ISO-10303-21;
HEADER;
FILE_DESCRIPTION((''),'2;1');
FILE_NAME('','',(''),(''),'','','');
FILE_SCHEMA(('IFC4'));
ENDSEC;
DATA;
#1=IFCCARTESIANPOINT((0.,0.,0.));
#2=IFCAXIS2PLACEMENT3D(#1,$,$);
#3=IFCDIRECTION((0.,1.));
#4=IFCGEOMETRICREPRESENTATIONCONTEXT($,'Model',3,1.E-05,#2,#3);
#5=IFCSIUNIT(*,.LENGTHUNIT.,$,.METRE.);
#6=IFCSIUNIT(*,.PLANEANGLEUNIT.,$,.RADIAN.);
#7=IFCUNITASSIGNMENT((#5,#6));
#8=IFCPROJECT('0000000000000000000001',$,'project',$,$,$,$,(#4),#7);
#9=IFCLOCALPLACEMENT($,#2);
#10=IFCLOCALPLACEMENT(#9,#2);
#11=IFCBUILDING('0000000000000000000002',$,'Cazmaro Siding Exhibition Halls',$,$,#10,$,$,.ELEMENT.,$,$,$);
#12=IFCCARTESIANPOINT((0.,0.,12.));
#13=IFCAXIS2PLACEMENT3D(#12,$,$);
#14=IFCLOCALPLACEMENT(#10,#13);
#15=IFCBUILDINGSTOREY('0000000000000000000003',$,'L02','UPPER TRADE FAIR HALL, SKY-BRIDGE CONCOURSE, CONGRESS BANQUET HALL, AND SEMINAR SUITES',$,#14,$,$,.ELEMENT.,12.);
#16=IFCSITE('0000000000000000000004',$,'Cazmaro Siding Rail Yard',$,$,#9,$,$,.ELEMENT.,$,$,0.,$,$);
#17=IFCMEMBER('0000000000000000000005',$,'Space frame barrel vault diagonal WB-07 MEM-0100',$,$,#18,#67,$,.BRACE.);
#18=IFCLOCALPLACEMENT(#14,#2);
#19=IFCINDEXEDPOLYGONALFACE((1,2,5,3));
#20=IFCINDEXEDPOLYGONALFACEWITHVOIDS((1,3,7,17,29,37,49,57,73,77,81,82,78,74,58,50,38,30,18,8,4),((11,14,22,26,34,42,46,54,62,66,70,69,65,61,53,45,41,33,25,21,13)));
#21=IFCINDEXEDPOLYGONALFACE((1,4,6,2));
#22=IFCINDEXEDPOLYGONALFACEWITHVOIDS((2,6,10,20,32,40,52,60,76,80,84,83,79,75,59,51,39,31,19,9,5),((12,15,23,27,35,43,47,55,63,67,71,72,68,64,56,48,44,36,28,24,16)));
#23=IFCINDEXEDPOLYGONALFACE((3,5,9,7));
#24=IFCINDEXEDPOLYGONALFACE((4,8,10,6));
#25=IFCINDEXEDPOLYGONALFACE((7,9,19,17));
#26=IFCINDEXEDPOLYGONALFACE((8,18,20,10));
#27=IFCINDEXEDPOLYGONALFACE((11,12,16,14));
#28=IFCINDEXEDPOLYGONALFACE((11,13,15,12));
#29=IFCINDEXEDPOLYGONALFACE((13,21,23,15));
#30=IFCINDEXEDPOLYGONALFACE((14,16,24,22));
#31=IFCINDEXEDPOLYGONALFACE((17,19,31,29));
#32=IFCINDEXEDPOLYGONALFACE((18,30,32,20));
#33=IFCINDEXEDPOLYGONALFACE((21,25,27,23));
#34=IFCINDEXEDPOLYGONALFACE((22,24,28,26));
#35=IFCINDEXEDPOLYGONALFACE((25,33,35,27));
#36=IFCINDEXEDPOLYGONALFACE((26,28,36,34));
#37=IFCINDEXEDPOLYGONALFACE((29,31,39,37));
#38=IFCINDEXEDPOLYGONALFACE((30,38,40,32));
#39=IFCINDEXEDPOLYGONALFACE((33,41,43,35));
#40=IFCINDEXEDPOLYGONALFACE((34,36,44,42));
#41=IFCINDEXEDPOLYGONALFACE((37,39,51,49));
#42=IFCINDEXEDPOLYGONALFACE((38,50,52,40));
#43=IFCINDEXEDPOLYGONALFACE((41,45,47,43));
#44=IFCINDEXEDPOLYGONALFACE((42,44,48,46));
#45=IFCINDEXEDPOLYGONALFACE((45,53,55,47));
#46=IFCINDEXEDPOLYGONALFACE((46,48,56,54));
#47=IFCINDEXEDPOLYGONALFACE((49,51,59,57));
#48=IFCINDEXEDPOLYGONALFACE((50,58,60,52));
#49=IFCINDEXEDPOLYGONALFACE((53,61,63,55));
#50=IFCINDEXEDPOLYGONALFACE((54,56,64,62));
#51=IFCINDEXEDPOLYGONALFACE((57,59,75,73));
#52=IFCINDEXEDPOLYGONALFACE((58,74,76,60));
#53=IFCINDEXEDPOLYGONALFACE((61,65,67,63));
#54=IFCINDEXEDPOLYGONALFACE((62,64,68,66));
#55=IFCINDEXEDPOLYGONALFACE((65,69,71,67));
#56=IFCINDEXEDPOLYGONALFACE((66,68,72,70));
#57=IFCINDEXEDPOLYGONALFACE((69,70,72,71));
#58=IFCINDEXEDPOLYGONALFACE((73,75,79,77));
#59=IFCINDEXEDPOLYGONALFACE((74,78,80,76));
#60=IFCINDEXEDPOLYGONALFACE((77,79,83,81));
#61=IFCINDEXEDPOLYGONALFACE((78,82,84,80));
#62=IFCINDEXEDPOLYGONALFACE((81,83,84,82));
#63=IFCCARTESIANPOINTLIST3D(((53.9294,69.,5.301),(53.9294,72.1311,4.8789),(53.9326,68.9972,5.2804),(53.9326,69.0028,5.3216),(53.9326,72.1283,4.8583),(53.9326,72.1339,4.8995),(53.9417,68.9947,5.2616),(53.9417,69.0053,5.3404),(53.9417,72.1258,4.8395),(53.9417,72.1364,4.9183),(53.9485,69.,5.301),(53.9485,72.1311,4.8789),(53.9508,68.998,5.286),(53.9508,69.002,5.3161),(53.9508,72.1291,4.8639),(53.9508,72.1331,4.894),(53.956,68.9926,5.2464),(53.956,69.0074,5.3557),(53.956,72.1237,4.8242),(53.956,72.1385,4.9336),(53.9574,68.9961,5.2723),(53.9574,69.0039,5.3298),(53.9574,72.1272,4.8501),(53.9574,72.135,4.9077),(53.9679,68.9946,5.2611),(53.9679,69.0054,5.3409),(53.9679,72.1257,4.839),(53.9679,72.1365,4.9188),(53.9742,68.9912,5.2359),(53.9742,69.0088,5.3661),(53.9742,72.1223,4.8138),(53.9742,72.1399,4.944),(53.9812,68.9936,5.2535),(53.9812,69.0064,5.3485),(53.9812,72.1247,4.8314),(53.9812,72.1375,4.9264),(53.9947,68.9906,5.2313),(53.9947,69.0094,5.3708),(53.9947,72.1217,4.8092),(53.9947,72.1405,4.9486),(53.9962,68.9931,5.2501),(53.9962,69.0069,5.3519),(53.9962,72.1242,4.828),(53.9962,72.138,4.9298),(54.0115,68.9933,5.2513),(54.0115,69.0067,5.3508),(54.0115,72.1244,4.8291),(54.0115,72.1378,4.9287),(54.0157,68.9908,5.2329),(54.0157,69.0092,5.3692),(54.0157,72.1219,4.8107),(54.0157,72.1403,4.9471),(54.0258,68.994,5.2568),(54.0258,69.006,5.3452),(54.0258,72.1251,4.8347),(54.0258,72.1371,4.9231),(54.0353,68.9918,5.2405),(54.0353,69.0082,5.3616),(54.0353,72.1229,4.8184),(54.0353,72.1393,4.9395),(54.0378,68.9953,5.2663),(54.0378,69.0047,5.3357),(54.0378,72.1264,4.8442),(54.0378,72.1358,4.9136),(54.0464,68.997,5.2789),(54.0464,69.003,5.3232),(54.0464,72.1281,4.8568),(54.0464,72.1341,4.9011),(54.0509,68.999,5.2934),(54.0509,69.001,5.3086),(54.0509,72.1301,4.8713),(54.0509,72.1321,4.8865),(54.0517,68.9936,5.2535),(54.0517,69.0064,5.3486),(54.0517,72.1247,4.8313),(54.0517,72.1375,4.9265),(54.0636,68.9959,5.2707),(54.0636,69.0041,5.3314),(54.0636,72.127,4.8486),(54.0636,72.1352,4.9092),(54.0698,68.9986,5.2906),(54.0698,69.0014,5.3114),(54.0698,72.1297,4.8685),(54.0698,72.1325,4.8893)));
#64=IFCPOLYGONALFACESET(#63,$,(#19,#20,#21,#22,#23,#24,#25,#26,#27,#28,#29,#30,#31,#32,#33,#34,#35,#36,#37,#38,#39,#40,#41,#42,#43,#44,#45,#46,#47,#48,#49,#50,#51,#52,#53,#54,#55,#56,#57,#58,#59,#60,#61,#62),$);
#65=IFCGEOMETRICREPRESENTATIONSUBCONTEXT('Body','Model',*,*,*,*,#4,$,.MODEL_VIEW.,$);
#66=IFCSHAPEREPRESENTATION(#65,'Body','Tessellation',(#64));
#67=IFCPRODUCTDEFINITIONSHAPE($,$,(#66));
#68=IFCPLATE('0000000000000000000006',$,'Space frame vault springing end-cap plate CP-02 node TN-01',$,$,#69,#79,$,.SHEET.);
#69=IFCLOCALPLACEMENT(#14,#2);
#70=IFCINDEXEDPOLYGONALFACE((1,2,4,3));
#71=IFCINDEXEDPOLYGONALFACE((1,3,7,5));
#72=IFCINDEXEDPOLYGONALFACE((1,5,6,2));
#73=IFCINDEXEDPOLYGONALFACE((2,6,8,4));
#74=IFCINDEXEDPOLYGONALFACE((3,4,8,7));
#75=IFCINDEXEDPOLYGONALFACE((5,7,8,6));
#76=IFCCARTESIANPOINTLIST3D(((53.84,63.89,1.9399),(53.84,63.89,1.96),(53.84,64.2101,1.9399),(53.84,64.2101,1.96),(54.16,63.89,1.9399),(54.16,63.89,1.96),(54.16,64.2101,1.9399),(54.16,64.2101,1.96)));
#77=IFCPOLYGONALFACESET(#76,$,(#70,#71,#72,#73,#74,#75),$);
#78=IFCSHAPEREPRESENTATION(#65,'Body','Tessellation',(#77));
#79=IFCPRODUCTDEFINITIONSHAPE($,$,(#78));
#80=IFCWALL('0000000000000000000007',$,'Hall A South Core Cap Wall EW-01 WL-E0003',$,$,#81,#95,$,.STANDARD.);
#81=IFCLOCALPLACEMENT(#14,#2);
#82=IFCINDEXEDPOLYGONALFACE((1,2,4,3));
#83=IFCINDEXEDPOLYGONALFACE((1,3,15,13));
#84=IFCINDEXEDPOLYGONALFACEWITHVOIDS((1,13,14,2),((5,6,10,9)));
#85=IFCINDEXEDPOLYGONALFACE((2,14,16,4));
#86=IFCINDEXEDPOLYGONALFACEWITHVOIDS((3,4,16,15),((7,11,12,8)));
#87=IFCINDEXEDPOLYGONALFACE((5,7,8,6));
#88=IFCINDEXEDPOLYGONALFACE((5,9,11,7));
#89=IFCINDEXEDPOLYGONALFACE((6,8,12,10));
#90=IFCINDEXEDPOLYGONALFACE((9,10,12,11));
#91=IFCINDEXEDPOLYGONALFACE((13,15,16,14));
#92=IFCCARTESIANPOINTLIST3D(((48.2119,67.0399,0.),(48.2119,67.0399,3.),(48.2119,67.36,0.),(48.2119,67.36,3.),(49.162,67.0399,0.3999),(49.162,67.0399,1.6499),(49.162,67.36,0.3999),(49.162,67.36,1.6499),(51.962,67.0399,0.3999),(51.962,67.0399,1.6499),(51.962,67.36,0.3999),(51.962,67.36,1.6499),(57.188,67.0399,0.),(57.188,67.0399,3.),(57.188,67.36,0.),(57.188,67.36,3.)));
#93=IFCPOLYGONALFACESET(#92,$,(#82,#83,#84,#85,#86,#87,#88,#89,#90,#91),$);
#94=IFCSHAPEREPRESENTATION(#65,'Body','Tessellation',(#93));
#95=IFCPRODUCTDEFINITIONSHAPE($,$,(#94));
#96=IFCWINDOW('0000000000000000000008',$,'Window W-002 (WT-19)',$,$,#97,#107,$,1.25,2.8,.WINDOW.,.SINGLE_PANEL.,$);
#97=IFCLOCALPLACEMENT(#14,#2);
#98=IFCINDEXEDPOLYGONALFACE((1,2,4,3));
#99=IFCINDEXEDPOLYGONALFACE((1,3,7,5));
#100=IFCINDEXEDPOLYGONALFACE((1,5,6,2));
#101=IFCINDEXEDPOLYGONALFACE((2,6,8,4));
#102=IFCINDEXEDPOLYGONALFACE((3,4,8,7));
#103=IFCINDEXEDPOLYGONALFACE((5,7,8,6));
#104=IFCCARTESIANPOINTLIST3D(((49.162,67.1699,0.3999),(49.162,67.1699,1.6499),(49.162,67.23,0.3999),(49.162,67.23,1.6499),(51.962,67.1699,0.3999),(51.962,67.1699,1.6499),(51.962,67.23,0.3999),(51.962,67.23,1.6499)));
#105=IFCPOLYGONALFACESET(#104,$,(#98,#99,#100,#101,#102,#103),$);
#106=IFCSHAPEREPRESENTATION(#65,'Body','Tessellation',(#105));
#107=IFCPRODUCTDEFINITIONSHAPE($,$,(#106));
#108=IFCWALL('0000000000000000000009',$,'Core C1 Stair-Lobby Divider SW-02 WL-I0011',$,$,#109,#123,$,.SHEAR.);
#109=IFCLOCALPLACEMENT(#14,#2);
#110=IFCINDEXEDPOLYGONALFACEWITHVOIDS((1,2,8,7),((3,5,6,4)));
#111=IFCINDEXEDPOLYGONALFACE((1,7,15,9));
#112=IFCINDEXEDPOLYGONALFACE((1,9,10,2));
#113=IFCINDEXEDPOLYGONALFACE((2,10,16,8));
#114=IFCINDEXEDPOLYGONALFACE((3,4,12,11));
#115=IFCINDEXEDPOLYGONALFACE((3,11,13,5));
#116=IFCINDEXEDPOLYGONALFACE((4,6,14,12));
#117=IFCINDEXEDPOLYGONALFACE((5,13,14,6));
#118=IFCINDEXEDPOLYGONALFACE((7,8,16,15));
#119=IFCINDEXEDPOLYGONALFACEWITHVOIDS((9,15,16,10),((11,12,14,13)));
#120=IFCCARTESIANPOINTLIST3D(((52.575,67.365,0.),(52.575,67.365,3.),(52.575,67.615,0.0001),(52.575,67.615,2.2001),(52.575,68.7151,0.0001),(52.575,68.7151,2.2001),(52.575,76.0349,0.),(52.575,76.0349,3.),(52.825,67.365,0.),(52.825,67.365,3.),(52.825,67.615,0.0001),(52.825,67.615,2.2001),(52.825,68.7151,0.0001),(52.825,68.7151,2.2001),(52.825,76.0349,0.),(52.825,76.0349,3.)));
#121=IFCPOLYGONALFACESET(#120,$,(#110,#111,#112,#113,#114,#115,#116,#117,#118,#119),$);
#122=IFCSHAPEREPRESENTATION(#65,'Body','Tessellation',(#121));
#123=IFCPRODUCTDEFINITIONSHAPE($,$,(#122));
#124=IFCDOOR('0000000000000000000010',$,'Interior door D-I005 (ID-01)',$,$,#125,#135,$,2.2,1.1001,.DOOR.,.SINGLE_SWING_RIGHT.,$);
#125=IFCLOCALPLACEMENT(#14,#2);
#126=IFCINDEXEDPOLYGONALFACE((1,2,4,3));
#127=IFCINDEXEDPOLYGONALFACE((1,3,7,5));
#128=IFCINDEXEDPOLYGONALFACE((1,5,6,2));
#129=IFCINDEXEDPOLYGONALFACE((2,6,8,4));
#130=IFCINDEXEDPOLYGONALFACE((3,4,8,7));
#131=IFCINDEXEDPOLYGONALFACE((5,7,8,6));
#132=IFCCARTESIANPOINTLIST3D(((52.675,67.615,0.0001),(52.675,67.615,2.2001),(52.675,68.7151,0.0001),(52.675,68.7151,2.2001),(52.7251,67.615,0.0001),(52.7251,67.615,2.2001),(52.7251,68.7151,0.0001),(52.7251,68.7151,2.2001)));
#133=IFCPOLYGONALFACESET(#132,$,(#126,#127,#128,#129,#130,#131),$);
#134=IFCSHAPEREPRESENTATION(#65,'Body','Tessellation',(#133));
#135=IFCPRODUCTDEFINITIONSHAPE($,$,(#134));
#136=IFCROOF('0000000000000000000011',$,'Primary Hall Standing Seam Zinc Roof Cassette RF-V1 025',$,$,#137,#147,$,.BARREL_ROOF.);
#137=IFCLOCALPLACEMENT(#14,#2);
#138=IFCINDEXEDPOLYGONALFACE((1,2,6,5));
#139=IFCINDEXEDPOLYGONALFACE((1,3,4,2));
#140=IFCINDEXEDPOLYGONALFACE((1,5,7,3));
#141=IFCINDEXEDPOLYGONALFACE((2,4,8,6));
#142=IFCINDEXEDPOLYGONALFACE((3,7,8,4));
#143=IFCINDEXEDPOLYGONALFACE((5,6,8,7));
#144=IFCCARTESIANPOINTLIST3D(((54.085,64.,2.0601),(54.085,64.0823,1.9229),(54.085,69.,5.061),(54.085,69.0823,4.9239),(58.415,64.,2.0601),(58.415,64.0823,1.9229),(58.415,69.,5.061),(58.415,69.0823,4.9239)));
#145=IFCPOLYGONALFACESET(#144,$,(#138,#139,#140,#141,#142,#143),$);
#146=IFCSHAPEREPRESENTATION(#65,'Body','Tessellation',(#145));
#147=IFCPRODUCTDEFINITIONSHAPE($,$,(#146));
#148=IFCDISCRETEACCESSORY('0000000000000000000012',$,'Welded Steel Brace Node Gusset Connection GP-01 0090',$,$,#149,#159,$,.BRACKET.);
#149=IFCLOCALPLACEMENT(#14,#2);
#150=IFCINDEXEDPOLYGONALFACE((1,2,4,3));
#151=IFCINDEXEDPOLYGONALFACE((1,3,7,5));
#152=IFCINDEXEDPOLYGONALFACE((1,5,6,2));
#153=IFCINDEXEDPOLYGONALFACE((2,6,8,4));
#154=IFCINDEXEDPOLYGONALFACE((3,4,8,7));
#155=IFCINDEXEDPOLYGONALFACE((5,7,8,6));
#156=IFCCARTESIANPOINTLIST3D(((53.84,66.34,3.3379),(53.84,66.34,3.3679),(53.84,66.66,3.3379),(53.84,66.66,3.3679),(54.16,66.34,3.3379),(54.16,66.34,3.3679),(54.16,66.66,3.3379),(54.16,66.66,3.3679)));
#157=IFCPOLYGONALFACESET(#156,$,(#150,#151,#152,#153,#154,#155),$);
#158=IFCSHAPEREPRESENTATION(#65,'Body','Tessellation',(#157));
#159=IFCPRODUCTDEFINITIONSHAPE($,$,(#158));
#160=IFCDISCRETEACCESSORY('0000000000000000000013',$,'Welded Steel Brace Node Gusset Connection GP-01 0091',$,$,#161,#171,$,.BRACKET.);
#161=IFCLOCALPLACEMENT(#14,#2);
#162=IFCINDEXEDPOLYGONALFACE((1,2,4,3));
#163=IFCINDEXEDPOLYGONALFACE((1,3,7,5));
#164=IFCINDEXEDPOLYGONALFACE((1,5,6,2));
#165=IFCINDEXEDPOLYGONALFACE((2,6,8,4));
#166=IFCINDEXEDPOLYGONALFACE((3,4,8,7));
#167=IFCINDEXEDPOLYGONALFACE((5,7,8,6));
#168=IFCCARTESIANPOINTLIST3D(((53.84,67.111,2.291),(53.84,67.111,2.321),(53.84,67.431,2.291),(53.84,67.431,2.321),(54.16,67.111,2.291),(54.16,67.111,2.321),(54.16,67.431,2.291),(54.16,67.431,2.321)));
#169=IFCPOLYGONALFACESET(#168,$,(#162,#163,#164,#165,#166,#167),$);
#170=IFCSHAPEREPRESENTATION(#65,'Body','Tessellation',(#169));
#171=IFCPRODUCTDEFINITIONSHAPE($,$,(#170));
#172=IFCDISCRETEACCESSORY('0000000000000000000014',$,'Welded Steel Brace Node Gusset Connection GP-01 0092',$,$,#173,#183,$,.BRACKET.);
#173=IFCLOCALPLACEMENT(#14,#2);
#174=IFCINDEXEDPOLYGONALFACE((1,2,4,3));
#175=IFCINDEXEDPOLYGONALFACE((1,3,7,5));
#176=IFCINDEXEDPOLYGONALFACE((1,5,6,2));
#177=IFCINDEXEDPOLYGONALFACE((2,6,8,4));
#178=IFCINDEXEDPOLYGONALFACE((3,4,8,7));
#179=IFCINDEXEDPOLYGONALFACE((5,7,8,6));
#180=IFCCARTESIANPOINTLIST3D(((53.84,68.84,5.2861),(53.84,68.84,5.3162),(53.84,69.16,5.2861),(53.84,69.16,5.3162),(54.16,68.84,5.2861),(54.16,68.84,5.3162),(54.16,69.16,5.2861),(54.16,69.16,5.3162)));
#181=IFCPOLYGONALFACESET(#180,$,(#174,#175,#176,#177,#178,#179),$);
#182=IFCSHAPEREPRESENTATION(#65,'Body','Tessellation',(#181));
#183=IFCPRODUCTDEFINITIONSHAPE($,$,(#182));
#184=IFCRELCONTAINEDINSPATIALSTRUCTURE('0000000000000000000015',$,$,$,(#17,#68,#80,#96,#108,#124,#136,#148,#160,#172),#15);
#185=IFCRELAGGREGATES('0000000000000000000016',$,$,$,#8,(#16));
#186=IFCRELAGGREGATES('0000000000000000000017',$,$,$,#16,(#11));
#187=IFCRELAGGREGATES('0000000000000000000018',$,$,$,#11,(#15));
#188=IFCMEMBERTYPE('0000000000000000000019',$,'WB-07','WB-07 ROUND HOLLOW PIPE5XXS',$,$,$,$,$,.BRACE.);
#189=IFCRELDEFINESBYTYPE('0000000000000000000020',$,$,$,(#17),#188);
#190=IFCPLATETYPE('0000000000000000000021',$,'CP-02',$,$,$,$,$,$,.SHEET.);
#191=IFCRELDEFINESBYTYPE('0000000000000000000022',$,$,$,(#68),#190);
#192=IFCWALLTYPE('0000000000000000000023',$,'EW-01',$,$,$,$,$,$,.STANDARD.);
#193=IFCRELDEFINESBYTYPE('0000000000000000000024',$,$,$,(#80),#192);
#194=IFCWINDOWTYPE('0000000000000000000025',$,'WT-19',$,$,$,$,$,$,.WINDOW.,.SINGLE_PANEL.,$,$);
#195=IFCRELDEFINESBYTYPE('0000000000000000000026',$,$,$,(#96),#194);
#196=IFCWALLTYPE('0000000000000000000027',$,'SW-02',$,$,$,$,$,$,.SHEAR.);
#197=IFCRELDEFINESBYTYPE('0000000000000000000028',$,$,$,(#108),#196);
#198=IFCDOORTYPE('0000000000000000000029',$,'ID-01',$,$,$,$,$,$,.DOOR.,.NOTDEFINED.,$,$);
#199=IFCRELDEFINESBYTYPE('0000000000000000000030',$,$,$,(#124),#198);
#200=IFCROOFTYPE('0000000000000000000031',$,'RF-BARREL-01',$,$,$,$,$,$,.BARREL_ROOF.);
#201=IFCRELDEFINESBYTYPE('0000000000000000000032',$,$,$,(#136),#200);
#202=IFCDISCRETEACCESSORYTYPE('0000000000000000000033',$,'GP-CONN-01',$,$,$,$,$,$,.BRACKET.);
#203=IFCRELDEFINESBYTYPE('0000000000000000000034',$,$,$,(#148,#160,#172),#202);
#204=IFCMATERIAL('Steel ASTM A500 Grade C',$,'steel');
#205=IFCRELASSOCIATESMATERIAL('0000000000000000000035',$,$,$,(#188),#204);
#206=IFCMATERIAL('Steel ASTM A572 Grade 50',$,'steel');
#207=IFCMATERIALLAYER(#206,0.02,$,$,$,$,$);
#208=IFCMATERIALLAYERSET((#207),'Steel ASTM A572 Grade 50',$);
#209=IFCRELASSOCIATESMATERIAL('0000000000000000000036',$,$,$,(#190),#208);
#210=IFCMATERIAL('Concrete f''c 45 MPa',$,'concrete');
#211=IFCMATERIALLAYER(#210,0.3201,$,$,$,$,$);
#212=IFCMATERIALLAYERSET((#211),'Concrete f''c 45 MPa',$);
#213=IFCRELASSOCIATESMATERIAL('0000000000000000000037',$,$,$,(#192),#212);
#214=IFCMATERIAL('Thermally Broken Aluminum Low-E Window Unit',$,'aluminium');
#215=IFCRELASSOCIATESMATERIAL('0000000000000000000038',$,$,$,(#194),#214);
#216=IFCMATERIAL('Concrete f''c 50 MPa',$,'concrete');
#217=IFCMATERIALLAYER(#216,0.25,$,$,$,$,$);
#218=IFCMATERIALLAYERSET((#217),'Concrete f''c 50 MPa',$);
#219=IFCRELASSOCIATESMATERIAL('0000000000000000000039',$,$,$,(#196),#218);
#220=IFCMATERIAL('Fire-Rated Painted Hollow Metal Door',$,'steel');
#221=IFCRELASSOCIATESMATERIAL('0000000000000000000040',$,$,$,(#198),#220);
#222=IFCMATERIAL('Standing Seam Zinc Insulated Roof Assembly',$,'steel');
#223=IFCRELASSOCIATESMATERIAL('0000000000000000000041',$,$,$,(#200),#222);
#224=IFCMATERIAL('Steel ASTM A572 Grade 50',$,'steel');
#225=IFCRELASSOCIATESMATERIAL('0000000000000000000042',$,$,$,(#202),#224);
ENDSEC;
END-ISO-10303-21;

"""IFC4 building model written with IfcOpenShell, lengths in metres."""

from ifc_helpers import new_model, si_unit, direction, frame, frame_2d, origin, origin_2d, place, context, subcontext, project, spatial, polyline, rectangle, hollow_circle, outline, extrude, material, layer, layer_set, material_profile, profile_set, type_object, element, fill, save


model = new_model("IFC4")

# Units and contexts
model_context = context("Model", 3, precision=1e-05, world=origin(), true_north=direction((0.0, 1.0)))
body_context = subcontext(model_context, "Body", "Model", "MODEL_VIEW")
ifc_project = project(units=[si_unit("LENGTHUNIT", "METRE"), si_unit("PLANEANGLEUNIT", "RADIAN")], contexts=[model_context])

# Site, building, storey
site_placement = place(None, origin())
site = spatial("IfcSite", under=ifc_project, at=site_placement, Name="Cazmaro Siding Rail Yard", CompositionType="ELEMENT", RefElevation=0.0)
building_placement = place(site_placement, origin())
building = spatial("IfcBuilding", under=site, at=building_placement, Name="Cazmaro Siding Exhibition Halls", CompositionType="ELEMENT")
storey_placement = place(building_placement, frame((0.0, 0.0, 12.0)))
storey = spatial("IfcBuildingStorey", under=building, at=storey_placement, Name="L02", Description="UPPER TRADE FAIR HALL, SKY-BRIDGE CONCOURSE, CONGRESS BANQUET HALL, AND SEMINAR SUITES", CompositionType="ELEMENT", Elevation=12.0)

# Member
ifc_material_1 = material(Name="Steel ASTM A500 Grade C", Category="steel")
ifc_material_profile_1 = material_profile(ifc_material_1, hollow_circle(Radius=0.0706, WallThickness=0.019, at=origin_2d()), Name="PIPE5XXS")
ifc_profile_set_1 = profile_set([ifc_material_profile_1], Name="Steel ASTM A500 Grade C")
member_type_1 = type_object("IfcMemberType", Name="WB-07", Description="WB-07 ROUND HOLLOW PIPE5XXS", PredefinedType="BRACE", material=ifc_profile_set_1)
member_1_placement = place(storey_placement, frame((54.0, 69.0, 5.301), z_axis=(0.0, 0.991035, -0.133606), x_axis=(-1.0, 0.0, 0.0)))
element("IfcMember", 1, at=member_1_placement, inside=storey, type_object=member_type_1, Name="Space frame barrel vault diagonal WB-07 MEM-0100", PredefinedType="BRACE", context=body_context, shape_type="SweptSolid", body=[
    extrude(hollow_circle(Radius=0.0706, WallThickness=0.019, at=origin_2d()), origin(), (0.0, 0.0, 1.0), 3.1594),
])

# Plate
ifc_material_2 = material(Name="Steel ASTM A572 Grade 50", Category="steel")
ifc_layer_1 = layer(ifc_material_2, 0.02)
ifc_layer_set_1 = layer_set([ifc_layer_1], Name="Steel ASTM A572 Grade 50")
plate_type = type_object("IfcPlateType", Name="CP-02", PredefinedType="SHEET", material=ifc_layer_set_1)
plate_placement = place(storey_placement, frame((54.0, 64.05, 1.9399), z_axis=(0.0, 0.0, 1.0), x_axis=(1.0, 0.0, 0.0)))
element("IfcPlate", 2, at=plate_placement, inside=storey, type_object=plate_type, Name="Space frame vault springing end-cap plate CP-02 node TN-01", PredefinedType="SHEET", context=body_context, shape_type="SweptSolid", body=[
    extrude(rectangle(XDim=0.3201, YDim=0.3201, at=origin_2d()), origin(), (0.0, 0.0, 1.0), 0.02),
])

# Wall, opening, window
ifc_material_3 = material(Name="Concrete f'c 45 MPa", Category="concrete")
ifc_layer_2 = layer(ifc_material_3, 0.3201)
ifc_layer_set_2 = layer_set([ifc_layer_2], Name="Concrete f'c 45 MPa")
wall_type_1 = type_object("IfcWallType", Name="EW-01", PredefinedType="STANDARD", material=ifc_layer_set_2)
wall_1_placement = place(storey_placement, frame((57.188, 67.2, 0.0), z_axis=(0.0, 0.0, 1.0), x_axis=(-1.0, 0.0, 0.0)))
wall_1 = element("IfcWall", 3, at=wall_1_placement, inside=storey, type_object=wall_type_1, Name="Hall A South Core Cap Wall EW-01 WL-E0003", PredefinedType="STANDARD", context=body_context, shape_type="SweptSolid", body=[
    extrude(rectangle(XDim=8.9761, YDim=0.3201, at=frame_2d((4.488, 0.0))), origin(), (0.0, 0.0, 1.0), 3.0),
])
opening_1_placement = place(wall_1_placement, frame((5.2261, 0.0, 0.3999)))
opening_1 = element("IfcOpeningElement", 4, at=opening_1_placement, cuts=wall_1, PredefinedType="OPENING", context=body_context, shape_type="SweptSolid", body=[
    extrude(rectangle(XDim=2.8, YDim=1.25, at=frame_2d((1.3999, 0.625))), frame((0.0, 0.1699, 0.0), z_axis=(0.0, -1.0, 0.0), x_axis=(1.0, 0.0, 0.0)), (0.0, 0.0, 1.0), 0.3401),
])
ifc_material_4 = material(Name="Thermally Broken Aluminum Low-E Window Unit", Category="aluminium")
window_type = type_object("IfcWindowType", Name="WT-19", PartitioningType="SINGLE_PANEL", PredefinedType="WINDOW", material=ifc_material_4)
window_placement = place(opening_1_placement, origin())
window = element("IfcWindow", 5, at=window_placement, inside=storey, type_object=window_type, Name="Window W-002 (WT-19)", OverallHeight=1.25, OverallWidth=2.8, PartitioningType="SINGLE_PANEL", PredefinedType="WINDOW", context=body_context, shape_type="SweptSolid", body=[
    extrude(rectangle(XDim=2.8, YDim=1.25, at=frame_2d((1.3999, 0.625))), frame((0.0, 0.03, 0.0), z_axis=(0.0, -1.0, 0.0), x_axis=(1.0, 0.0, 0.0)), (0.0, 0.0, 1.0), 0.0601),
])
fill(opening_1, window)

# Wall, opening, door
ifc_material_5 = material(Name="Concrete f'c 50 MPa", Category="concrete")
ifc_layer_3 = layer(ifc_material_5, 0.25)
ifc_layer_set_3 = layer_set([ifc_layer_3], Name="Concrete f'c 50 MPa")
wall_type_2 = type_object("IfcWallType", Name="SW-02", PredefinedType="SHEAR", material=ifc_layer_set_3)
wall_2_placement = place(storey_placement, frame((52.7, 67.365, 0.0), z_axis=(0.0, 0.0, 1.0), x_axis=(0.0, 1.0, 0.0)))
wall_2 = element("IfcWall", 6, at=wall_2_placement, inside=storey, type_object=wall_type_2, Name="Core C1 Stair-Lobby Divider SW-02 WL-I0011", PredefinedType="SHEAR", context=body_context, shape_type="SweptSolid", body=[
    extrude(rectangle(XDim=8.6699, YDim=0.25, at=frame_2d((4.335, 0.0))), origin(), (0.0, 0.0, 1.0), 3.0),
])
opening_2_placement = place(wall_2_placement, frame((0.25, 0.0, 0.0)))
opening_2 = element("IfcOpeningElement", 7, at=opening_2_placement, cuts=wall_2, PredefinedType="OPENING", context=body_context, shape_type="SweptSolid", body=[
    extrude(rectangle(XDim=1.1001, YDim=2.2, at=frame_2d((0.55, 1.1001))), frame((0.0, 0.135, 0.0), z_axis=(0.0, -1.0, 0.0), x_axis=(1.0, 0.0, 0.0)), (0.0, 0.0, 1.0), 0.27),
])
ifc_material_6 = material(Name="Fire-Rated Painted Hollow Metal Door", Category="steel")
door_type = type_object("IfcDoorType", Name="ID-01", OperationType="NOTDEFINED", PredefinedType="DOOR", material=ifc_material_6)
door_placement = place(opening_2_placement, origin())
door = element("IfcDoor", 8, at=door_placement, inside=storey, type_object=door_type, Name="Interior door D-I005 (ID-01)", OperationType="SINGLE_SWING_RIGHT", OverallHeight=2.2, OverallWidth=1.1001, PredefinedType="DOOR", context=body_context, shape_type="SweptSolid", body=[
    extrude(rectangle(XDim=1.1001, YDim=2.2, at=frame_2d((0.55, 1.1001))), frame((0.0, 0.0249, 0.0), z_axis=(0.0, -1.0, 0.0), x_axis=(1.0, 0.0, 0.0)), (0.0, 0.0, 1.0), 0.05),
])
fill(opening_2, door)

# Roof
ifc_material_7 = material(Name="Standing Seam Zinc Insulated Roof Assembly", Category="steel")
roof_type = type_object("IfcRoofType", Name="RF-BARREL-01", PredefinedType="BARREL_ROOF", material=ifc_material_7)
roof_placement = place(storey_placement, frame((54.085, 64.0, 2.0601), z_axis=(0.0, -0.514619, 0.857419), x_axis=(1.0, 0.0, 0.0)))
element("IfcRoof", 9, at=roof_placement, inside=storey, type_object=roof_type, Name="Primary Hall Standing Seam Zinc Roof Cassette RF-V1 025", PredefinedType="BARREL_ROOF", context=body_context, shape_type="SweptSolid", body=[
    extrude(outline(polyline([(0.0, 0.0), (4.3301, 0.0), (4.3301, 5.8315), (0.0, 5.8315), (0.0, 0.0)])), origin(), (0.0, 0.0, -1.0), 0.1599),
])

# Discrete accessories
ifc_material_8 = material(Name="Steel ASTM A572 Grade 50", Category="steel")
discrete_accessory_type = type_object("IfcDiscreteAccessoryType", Name="GP-CONN-01", PredefinedType="BRACKET", material=ifc_material_8)
for number, where, z_axis, x_axis, name in (
    (10, (54.0, 66.5, 3.3379), (0.0, 0.0, 1.0), (1.0, 0.0, 0.0), "Welded Steel Brace Node Gusset Connection GP-01 0090"),
    (11, (54.0, 67.271, 2.291), (0.0, 0.0, 1.0), (1.0, 0.0, 0.0), "Welded Steel Brace Node Gusset Connection GP-01 0091"),
    (12, (54.0, 69.0, 5.2861), (0.0, 0.0, 1.0), (1.0, 0.0, 0.0), "Welded Steel Brace Node Gusset Connection GP-01 0092"),
):
    element("IfcDiscreteAccessory", number, at=place(storey_placement, frame(where, z_axis=z_axis, x_axis=x_axis)), inside=storey, type_object=discrete_accessory_type, Name=name, PredefinedType="BRACKET", context=body_context, shape_type="SweptSolid", body=[
        extrude(rectangle(XDim=0.3201, YDim=0.3201, at=origin_2d()), origin(), (0.0, 0.0, 1.0), 0.03),
    ])

save(model, "model.ifc")
